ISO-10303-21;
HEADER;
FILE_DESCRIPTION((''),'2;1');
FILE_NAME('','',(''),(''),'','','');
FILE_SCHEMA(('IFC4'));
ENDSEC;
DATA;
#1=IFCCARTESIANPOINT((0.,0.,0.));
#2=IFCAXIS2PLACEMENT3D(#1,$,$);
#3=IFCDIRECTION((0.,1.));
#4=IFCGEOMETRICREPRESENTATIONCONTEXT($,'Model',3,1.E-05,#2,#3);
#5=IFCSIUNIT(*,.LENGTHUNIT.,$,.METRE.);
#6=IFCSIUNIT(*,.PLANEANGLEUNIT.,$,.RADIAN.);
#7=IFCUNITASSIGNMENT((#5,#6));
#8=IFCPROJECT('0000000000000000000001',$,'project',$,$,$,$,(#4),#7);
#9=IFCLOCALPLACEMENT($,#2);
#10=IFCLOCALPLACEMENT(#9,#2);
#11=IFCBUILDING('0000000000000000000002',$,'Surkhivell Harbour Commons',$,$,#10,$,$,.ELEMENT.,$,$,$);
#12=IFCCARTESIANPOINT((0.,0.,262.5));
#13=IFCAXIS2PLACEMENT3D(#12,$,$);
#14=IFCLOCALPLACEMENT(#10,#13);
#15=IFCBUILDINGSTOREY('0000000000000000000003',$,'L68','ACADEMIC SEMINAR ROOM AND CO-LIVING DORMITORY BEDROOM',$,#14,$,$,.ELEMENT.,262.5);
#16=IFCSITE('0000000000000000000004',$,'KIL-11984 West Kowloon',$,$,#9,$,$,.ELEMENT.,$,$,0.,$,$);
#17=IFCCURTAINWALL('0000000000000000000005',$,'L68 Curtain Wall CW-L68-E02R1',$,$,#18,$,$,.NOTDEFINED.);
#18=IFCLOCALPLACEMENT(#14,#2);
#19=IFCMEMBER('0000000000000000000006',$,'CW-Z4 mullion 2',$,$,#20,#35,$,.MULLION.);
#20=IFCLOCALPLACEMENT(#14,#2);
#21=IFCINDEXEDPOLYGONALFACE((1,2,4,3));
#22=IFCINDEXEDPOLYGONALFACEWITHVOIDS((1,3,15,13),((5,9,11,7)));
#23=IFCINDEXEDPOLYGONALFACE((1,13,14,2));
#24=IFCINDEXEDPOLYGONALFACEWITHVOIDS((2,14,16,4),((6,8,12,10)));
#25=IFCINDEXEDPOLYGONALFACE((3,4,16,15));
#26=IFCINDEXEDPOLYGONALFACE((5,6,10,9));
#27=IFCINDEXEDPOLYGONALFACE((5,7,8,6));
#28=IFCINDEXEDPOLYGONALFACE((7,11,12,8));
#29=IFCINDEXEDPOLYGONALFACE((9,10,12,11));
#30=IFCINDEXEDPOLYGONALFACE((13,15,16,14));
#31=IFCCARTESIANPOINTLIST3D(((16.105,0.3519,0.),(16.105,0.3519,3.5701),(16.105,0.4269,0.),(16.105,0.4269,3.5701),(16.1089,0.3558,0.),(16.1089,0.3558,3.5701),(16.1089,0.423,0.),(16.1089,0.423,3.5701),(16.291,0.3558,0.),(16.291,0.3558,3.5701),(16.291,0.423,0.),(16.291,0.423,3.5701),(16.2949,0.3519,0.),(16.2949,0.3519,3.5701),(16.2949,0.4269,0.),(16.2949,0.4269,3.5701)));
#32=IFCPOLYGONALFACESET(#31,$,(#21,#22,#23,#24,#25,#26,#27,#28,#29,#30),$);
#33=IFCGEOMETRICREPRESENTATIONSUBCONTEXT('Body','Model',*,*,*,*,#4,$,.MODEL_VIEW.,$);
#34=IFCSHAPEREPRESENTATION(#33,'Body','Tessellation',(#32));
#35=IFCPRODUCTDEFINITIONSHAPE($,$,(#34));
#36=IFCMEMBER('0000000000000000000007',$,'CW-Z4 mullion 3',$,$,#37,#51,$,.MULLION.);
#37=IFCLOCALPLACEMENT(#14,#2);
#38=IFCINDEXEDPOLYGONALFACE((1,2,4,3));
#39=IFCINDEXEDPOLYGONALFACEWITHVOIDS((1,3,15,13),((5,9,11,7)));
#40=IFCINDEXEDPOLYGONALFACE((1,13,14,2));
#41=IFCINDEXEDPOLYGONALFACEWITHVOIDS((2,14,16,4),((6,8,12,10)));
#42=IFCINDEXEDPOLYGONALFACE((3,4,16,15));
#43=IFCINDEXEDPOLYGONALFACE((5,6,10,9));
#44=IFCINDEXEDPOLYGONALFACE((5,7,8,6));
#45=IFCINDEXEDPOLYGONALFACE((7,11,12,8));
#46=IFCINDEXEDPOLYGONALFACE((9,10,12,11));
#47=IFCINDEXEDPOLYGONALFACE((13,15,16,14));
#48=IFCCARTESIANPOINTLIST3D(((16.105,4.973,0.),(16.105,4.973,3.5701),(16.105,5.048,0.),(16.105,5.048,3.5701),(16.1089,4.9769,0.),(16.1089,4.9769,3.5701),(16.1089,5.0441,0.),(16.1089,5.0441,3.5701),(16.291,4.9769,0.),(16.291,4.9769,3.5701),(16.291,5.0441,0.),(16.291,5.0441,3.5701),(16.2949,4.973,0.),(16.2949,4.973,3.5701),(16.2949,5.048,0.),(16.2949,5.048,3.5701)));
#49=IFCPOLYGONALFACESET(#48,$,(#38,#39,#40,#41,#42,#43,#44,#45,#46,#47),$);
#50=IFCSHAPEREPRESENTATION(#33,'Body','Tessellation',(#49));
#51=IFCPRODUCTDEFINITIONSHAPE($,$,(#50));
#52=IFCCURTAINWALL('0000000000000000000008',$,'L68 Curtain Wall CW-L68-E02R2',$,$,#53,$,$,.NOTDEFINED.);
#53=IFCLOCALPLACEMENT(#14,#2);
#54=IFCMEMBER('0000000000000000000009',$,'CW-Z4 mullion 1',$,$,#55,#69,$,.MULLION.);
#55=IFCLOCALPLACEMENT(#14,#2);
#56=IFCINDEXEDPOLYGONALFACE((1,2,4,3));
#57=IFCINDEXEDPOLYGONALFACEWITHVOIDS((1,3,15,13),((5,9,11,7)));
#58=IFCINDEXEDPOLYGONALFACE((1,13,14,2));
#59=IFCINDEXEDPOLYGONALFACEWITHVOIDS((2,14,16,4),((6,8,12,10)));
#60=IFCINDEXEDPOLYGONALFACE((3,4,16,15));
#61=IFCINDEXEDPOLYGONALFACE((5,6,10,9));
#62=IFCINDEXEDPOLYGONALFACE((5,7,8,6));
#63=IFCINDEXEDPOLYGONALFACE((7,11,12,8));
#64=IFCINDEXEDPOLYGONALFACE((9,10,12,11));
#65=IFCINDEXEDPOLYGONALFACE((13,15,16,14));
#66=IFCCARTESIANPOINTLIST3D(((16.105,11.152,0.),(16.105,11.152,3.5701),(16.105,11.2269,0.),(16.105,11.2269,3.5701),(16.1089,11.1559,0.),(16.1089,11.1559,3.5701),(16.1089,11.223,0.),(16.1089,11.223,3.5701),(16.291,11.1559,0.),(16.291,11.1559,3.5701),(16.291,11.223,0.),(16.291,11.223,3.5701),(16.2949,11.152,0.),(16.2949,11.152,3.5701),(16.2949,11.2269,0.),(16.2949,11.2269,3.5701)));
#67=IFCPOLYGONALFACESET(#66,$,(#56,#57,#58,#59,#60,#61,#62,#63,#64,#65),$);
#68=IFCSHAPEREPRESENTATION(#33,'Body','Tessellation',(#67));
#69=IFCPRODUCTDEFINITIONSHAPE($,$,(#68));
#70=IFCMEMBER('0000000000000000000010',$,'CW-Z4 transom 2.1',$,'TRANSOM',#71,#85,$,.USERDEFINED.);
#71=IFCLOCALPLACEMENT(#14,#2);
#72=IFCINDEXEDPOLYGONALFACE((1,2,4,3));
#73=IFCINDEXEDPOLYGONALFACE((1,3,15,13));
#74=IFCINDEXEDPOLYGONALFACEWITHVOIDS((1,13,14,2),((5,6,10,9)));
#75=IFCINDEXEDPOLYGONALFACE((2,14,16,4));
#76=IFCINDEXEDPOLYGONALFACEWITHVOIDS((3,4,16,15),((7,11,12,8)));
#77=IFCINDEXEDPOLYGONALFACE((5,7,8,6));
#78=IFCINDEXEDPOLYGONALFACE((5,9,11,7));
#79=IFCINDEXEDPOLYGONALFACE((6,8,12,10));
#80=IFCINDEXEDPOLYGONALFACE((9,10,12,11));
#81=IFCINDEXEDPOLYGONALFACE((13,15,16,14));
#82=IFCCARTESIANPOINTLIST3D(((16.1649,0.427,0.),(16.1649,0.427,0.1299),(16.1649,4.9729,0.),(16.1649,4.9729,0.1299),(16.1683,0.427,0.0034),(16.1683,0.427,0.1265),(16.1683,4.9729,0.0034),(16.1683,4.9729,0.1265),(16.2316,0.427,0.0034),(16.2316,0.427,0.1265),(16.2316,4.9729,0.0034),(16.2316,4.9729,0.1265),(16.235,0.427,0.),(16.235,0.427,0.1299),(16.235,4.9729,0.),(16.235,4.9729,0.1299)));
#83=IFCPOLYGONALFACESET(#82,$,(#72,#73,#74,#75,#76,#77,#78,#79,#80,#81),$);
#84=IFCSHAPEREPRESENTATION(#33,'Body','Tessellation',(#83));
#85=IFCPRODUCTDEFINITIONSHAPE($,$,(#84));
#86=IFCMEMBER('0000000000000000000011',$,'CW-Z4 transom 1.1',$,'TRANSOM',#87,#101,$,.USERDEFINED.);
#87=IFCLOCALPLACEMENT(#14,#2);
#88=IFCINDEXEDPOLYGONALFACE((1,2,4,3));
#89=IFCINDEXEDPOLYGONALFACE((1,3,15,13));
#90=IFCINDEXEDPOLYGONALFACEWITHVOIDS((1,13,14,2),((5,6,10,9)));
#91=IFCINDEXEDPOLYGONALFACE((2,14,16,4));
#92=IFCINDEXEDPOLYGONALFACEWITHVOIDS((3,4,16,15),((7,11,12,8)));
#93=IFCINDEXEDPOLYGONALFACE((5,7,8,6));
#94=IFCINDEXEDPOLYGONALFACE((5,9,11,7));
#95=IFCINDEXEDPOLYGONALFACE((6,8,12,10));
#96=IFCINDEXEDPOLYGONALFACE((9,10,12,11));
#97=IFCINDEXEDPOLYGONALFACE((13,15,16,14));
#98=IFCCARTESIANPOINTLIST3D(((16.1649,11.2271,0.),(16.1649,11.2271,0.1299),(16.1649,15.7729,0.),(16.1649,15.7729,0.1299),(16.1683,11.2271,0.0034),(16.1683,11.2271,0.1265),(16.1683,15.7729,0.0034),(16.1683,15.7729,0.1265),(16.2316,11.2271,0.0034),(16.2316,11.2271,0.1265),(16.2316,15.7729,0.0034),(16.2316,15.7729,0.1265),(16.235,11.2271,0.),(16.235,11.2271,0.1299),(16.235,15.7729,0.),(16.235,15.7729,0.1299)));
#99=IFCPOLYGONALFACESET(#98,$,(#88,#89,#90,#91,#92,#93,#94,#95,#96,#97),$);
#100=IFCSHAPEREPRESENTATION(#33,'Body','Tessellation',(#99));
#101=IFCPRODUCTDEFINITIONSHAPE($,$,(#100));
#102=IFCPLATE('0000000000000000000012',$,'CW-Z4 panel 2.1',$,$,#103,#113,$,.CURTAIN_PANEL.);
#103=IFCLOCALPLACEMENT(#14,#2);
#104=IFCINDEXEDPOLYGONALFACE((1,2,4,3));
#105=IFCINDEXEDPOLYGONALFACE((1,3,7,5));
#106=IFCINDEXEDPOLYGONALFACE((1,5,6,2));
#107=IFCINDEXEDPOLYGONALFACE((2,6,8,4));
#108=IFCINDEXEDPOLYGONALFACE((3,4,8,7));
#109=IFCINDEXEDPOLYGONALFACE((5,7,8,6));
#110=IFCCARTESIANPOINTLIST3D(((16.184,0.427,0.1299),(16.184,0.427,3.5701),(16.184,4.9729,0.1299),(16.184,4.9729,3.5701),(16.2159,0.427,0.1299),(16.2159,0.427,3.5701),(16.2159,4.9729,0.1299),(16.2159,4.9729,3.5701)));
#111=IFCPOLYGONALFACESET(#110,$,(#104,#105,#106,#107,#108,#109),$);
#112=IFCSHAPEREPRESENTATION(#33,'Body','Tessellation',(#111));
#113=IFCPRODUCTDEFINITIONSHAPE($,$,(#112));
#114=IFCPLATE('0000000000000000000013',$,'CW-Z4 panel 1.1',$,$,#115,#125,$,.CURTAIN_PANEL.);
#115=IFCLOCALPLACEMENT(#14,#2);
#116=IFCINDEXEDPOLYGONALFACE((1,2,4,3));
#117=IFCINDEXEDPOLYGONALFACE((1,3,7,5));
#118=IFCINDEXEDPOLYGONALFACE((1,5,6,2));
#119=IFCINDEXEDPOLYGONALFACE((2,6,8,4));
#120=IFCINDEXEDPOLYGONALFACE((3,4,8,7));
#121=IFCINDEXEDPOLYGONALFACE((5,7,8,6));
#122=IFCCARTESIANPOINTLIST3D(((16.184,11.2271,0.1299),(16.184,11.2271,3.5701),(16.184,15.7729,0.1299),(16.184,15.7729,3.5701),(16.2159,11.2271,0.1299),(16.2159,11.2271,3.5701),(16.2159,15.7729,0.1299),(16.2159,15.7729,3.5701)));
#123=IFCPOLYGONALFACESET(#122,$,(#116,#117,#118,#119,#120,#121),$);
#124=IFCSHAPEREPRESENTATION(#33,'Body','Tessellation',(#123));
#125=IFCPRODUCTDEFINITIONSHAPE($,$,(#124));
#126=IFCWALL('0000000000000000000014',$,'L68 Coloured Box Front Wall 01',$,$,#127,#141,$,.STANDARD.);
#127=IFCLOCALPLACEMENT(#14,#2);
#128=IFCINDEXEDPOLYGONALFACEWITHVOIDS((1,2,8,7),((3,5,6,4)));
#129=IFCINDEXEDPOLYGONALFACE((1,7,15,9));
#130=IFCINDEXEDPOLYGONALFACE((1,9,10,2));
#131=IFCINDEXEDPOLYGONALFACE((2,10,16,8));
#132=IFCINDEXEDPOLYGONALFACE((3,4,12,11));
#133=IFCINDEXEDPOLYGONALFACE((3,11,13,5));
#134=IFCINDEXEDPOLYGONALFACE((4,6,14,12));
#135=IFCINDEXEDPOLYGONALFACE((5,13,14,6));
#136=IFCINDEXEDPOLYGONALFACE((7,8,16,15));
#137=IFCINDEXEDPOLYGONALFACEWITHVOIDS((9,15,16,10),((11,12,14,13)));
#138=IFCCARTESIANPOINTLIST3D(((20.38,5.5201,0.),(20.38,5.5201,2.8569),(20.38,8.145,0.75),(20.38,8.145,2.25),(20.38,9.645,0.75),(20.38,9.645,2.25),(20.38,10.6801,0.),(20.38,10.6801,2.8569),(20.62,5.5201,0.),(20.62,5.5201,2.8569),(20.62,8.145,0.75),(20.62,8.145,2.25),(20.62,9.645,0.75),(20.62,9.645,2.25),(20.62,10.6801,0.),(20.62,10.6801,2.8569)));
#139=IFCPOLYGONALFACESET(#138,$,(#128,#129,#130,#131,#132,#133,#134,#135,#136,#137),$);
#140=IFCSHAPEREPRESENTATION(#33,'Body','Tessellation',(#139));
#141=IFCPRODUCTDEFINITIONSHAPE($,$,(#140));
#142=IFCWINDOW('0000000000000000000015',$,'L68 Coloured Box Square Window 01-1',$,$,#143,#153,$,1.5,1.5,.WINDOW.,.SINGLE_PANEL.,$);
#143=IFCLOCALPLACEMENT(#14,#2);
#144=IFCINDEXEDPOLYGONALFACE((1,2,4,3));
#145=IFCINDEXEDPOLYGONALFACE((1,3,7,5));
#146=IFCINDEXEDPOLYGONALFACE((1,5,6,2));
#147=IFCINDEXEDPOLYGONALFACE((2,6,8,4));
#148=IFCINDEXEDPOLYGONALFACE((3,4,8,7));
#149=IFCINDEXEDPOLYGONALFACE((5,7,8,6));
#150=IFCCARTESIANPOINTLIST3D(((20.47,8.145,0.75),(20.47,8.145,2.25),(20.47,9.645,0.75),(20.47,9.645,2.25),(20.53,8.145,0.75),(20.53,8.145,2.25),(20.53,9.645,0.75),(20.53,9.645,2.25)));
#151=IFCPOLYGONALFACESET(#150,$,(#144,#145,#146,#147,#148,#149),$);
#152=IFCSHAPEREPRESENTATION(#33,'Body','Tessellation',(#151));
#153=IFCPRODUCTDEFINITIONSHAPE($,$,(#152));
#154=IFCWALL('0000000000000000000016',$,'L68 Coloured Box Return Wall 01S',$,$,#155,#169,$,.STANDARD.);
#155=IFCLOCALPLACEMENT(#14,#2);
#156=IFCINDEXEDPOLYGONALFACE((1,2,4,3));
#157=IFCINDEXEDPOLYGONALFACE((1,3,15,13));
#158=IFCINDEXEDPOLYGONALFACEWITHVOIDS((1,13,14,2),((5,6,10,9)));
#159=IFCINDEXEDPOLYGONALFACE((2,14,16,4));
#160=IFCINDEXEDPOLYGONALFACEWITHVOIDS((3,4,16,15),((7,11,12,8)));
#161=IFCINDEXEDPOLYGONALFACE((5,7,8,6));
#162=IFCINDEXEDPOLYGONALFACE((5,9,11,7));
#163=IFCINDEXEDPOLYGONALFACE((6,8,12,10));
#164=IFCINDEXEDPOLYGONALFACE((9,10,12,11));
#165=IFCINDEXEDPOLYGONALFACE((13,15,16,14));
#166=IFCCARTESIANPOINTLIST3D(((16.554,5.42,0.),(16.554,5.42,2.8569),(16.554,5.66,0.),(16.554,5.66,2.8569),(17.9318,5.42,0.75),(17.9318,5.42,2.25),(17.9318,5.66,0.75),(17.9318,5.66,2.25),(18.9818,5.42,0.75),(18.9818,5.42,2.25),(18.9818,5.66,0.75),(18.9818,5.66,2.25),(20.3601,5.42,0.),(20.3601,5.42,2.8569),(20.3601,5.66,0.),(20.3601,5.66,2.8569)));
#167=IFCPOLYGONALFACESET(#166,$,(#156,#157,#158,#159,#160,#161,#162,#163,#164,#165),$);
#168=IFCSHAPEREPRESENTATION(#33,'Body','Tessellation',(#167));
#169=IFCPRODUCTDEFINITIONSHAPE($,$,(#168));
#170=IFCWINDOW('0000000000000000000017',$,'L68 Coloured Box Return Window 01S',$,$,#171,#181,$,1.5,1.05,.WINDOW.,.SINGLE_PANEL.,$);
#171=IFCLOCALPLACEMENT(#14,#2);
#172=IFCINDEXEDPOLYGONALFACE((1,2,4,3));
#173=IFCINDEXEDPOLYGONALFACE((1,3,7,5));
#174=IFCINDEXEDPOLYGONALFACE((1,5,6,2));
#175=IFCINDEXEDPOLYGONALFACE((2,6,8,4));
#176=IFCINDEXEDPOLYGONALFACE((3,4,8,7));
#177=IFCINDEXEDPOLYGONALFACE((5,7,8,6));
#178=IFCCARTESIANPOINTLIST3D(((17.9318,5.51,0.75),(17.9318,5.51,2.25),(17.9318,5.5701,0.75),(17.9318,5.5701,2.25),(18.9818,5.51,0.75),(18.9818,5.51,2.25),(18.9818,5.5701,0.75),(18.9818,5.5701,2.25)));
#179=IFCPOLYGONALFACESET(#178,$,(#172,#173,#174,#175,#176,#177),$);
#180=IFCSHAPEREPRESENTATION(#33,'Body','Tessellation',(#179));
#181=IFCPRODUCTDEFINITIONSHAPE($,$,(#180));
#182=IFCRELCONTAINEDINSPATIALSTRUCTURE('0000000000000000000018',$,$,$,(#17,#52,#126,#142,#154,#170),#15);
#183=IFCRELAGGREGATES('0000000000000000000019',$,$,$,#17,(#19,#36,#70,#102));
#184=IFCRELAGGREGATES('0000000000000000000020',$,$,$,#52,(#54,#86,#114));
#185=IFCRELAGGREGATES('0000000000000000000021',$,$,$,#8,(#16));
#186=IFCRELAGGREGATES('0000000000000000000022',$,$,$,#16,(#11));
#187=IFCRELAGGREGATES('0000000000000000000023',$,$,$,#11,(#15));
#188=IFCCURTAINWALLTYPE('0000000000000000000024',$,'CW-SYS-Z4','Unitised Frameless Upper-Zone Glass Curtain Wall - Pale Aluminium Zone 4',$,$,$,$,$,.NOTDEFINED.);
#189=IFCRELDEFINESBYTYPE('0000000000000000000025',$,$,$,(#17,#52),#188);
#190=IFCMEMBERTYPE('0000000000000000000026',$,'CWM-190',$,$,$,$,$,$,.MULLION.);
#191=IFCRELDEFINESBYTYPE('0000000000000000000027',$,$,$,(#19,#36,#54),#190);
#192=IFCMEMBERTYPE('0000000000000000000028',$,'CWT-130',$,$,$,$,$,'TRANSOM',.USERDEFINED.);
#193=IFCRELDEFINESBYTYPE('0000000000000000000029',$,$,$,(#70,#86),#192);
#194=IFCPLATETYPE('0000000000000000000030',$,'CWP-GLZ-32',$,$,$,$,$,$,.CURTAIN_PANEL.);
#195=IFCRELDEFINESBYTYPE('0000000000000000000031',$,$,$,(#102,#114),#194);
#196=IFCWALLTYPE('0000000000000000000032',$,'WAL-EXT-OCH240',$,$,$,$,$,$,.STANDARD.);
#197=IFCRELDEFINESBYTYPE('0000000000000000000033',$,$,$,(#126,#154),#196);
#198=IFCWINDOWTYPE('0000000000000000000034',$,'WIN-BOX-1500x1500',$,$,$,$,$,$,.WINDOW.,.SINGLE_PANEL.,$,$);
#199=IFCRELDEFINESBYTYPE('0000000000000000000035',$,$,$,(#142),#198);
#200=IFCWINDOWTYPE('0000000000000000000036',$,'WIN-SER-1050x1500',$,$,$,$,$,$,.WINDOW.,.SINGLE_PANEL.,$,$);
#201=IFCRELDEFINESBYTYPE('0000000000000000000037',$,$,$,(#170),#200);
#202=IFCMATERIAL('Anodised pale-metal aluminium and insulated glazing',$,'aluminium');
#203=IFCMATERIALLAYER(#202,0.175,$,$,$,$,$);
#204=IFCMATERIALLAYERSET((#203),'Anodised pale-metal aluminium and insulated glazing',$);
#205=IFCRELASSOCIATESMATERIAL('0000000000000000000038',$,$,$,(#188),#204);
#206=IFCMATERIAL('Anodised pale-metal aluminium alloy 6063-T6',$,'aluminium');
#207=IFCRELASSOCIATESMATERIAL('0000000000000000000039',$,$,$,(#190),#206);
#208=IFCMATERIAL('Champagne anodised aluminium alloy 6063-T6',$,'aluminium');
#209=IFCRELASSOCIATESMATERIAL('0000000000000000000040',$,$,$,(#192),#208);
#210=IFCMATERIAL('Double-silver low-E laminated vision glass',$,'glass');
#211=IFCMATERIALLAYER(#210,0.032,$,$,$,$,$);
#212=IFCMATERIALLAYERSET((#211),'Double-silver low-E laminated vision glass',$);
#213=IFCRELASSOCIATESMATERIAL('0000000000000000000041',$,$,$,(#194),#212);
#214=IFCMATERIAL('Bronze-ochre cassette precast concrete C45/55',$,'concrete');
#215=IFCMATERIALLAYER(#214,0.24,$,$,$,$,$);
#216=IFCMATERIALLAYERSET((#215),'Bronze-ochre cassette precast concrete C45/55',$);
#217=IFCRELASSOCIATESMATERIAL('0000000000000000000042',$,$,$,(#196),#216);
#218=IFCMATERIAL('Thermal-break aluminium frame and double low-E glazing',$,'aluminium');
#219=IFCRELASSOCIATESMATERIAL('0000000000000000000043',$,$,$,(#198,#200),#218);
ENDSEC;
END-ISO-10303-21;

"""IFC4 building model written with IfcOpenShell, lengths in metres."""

from ifc_helpers import new_model, si_unit, direction, frame, frame_2d, origin, origin_2d, place, context, subcontext, project, spatial, rectangle, hollow_rectangle, extrude, material, layer, layer_set, material_profile, profile_set, type_object, element, fill, aggregate, save


model = new_model("IFC4")

# Units and contexts
model_context = context("Model", 3, precision=1e-05, world=origin(), true_north=direction((0.0, 1.0)))
body_context = subcontext(model_context, "Body", "Model", "MODEL_VIEW")
ifc_project = project(units=[si_unit("LENGTHUNIT", "METRE"), si_unit("PLANEANGLEUNIT", "RADIAN")], contexts=[model_context])

# Site, building, storey
site_placement = place(None, origin())
site = spatial("IfcSite", under=ifc_project, at=site_placement, Name="KIL-11984 West Kowloon", CompositionType="ELEMENT", RefElevation=0.0)
building_placement = place(site_placement, origin())
building = spatial("IfcBuilding", under=site, at=building_placement, Name="Surkhivell Harbour Commons", CompositionType="ELEMENT")
storey_placement = place(building_placement, frame((0.0, 0.0, 262.5)))
storey = spatial("IfcBuildingStorey", under=building, at=storey_placement, Name="L68", Description="ACADEMIC SEMINAR ROOM AND CO-LIVING DORMITORY BEDROOM", CompositionType="ELEMENT", Elevation=262.5)

# Curtain wall, members
ifc_material_1 = material(Name="Anodised pale-metal aluminium and insulated glazing", Category="aluminium")
ifc_layer_1 = layer(ifc_material_1, 0.175)
ifc_layer_set_1 = layer_set([ifc_layer_1], Name="Anodised pale-metal aluminium and insulated glazing")
curtain_wall_type = type_object("IfcCurtainWallType", Name="CW-SYS-Z4", Description="Unitised Frameless Upper-Zone Glass Curtain Wall - Pale Aluminium Zone 4", PredefinedType="NOTDEFINED", material=ifc_layer_set_1)
curtain_wall_1_placement = place(storey_placement, origin())
curtain_wall_1 = element("IfcCurtainWall", 1, at=curtain_wall_1_placement, inside=storey, type_object=curtain_wall_type, Name="L68 Curtain Wall CW-L68-E02R1", PredefinedType="NOTDEFINED")
ifc_material_2 = material(Name="Anodised pale-metal aluminium alloy 6063-T6", Category="aluminium")
ifc_material_profile_1 = material_profile(ifc_material_2, hollow_rectangle(XDim=0.075, YDim=0.1899, WallThickness=0.0039, at=origin_2d()), Name="ALU-MULL-75x190")
ifc_profile_set_1 = profile_set([ifc_material_profile_1], Name="Anodised pale-metal aluminium alloy 6063-T6")
member_type_1 = type_object("IfcMemberType", Name="CWM-190", PredefinedType="MULLION", material=ifc_profile_set_1)
member_1_placement = place(storey_placement, frame((16.2, 0.3894, 0.0), z_axis=(0.0, 0.0, 1.0), x_axis=(0.0, 1.0, 0.0)))
member_1 = element("IfcMember", 2, at=member_1_placement, type_object=member_type_1, Name="CW-Z4 mullion 2", PredefinedType="MULLION", context=body_context, shape_type="SweptSolid", body=[
    extrude(hollow_rectangle(XDim=0.075, YDim=0.1899, WallThickness=0.0039, at=origin_2d()), origin(), (0.0, 0.0, 1.0), 3.5701),
])
member_2_placement = place(storey_placement, frame((16.2, 5.0105, 0.0), z_axis=(0.0, 0.0, 1.0), x_axis=(0.0, 1.0, 0.0)))
member_2 = element("IfcMember", 3, at=member_2_placement, type_object=member_type_1, Name="CW-Z4 mullion 3", PredefinedType="MULLION", context=body_context, shape_type="SweptSolid", body=[
    extrude(hollow_rectangle(XDim=0.075, YDim=0.1899, WallThickness=0.0039, at=origin_2d()), origin(), (0.0, 0.0, 1.0), 3.5701),
])

# Curtain wall, member
curtain_wall_2_placement = place(storey_placement, origin())
curtain_wall_2 = element("IfcCurtainWall", 4, at=curtain_wall_2_placement, inside=storey, type_object=curtain_wall_type, Name="L68 Curtain Wall CW-L68-E02R2", PredefinedType="NOTDEFINED")
member_3_placement = place(storey_placement, frame((16.2, 11.1895, 0.0), z_axis=(0.0, 0.0, 1.0), x_axis=(0.0, 1.0, 0.0)))
member_3 = element("IfcMember", 5, at=member_3_placement, type_object=member_type_1, Name="CW-Z4 mullion 1", PredefinedType="MULLION", context=body_context, shape_type="SweptSolid", body=[
    extrude(hollow_rectangle(XDim=0.075, YDim=0.1899, WallThickness=0.0039, at=origin_2d()), origin(), (0.0, 0.0, 1.0), 3.5701),
])

# Members
ifc_material_3 = material(Name="Champagne anodised aluminium alloy 6063-T6", Category="aluminium")
ifc_material_profile_2 = material_profile(ifc_material_3, hollow_rectangle(XDim=0.0701, YDim=0.1299, WallThickness=0.0034, at=origin_2d()), Name="ALU-TRAN-70x130")
ifc_profile_set_2 = profile_set([ifc_material_profile_2], Name="Champagne anodised aluminium alloy 6063-T6")
member_type_2 = type_object("IfcMemberType", Name="CWT-130", ElementType="TRANSOM", PredefinedType="USERDEFINED", material=ifc_profile_set_2)
member_4_placement = place(storey_placement, frame((16.2, 0.427, 0.0649), z_axis=(0.0, 1.0, 0.0), x_axis=(-1.0, 0.0, 0.0)))
member_4 = element("IfcMember", 6, at=member_4_placement, type_object=member_type_2, Name="CW-Z4 transom 2.1", ObjectType="TRANSOM", PredefinedType="USERDEFINED", context=body_context, shape_type="SweptSolid", body=[
    extrude(hollow_rectangle(XDim=0.0701, YDim=0.1299, WallThickness=0.0034, at=origin_2d()), origin(), (0.0, 0.0, 1.0), 4.5459),
])
member_5_placement = place(storey_placement, frame((16.2, 11.2271, 0.0649), z_axis=(0.0, 1.0, 0.0), x_axis=(-1.0, 0.0, 0.0)))
member_5 = element("IfcMember", 7, at=member_5_placement, type_object=member_type_2, Name="CW-Z4 transom 1.1", ObjectType="TRANSOM", PredefinedType="USERDEFINED", context=body_context, shape_type="SweptSolid", body=[
    extrude(hollow_rectangle(XDim=0.0701, YDim=0.1299, WallThickness=0.0034, at=origin_2d()), origin(), (0.0, 0.0, 1.0), 4.5459),
])

# Plates
ifc_material_4 = material(Name="Double-silver low-E laminated vision glass", Category="glass")
ifc_layer_2 = layer(ifc_material_4, 0.032)
ifc_layer_set_2 = layer_set([ifc_layer_2], Name="Double-silver low-E laminated vision glass")
plate_type = type_object("IfcPlateType", Name="CWP-GLZ-32", PredefinedType="CURTAIN_PANEL", material=ifc_layer_set_2)
plate_1_placement = place(storey_placement, frame((16.2, 0.427, 0.1299), z_axis=(0.0, 0.0, 1.0), x_axis=(0.0, 1.0, 0.0)))
plate_1 = element("IfcPlate", 8, at=plate_1_placement, type_object=plate_type, Name="CW-Z4 panel 2.1", PredefinedType="CURTAIN_PANEL", context=body_context, shape_type="SweptSolid", body=[
    extrude(rectangle(XDim=4.5459, YDim=0.032, at=frame_2d((2.2729, 0.0))), origin(), (0.0, 0.0, 1.0), 3.4402),
])
aggregate(curtain_wall_1, [member_1, member_2, member_4, plate_1])
plate_2_placement = place(storey_placement, frame((16.2, 11.2271, 0.1299), z_axis=(0.0, 0.0, 1.0), x_axis=(0.0, 1.0, 0.0)))
plate_2 = element("IfcPlate", 9, at=plate_2_placement, type_object=plate_type, Name="CW-Z4 panel 1.1", PredefinedType="CURTAIN_PANEL", context=body_context, shape_type="SweptSolid", body=[
    extrude(rectangle(XDim=4.5459, YDim=0.032, at=frame_2d((2.2729, 0.0))), origin(), (0.0, 0.0, 1.0), 3.4402),
])
aggregate(curtain_wall_2, [member_3, member_5, plate_2])

# Walls, openings, windows
ifc_material_5 = material(Name="Bronze-ochre cassette precast concrete C45/55", Category="concrete")
ifc_layer_3 = layer(ifc_material_5, 0.24)
ifc_layer_set_3 = layer_set([ifc_layer_3], Name="Bronze-ochre cassette precast concrete C45/55")
wall_type_1 = type_object("IfcWallType", Name="WAL-EXT-OCH240", PredefinedType="STANDARD", material=ifc_layer_set_3)
wall_1_placement = place(storey_placement, frame((20.5, 5.52, 0.0), z_axis=(0.0, 0.0, 1.0), x_axis=(0.0, 1.0, 0.0)))
wall_1 = element("IfcWall", 10, at=wall_1_placement, inside=storey, type_object=wall_type_1, Name="L68 Coloured Box Front Wall 01", PredefinedType="STANDARD", context=body_context, shape_type="SweptSolid", body=[
    extrude(rectangle(XDim=5.1599, YDim=0.24, at=frame_2d((2.5801, 0.0))), origin(), (0.0, 0.0, 1.0), 2.8569),
])
opening_1_placement = place(wall_1_placement, frame((2.625, 0.0, 0.75)))
opening_1 = element("IfcOpeningElement", 11, at=opening_1_placement, cuts=wall_1, PredefinedType="OPENING", context=body_context, shape_type="SweptSolid", body=[
    extrude(rectangle(XDim=1.5, YDim=1.5, at=frame_2d((0.75, 0.75))), frame((0.0, 0.1299, 0.0), z_axis=(0.0, -1.0, 0.0), x_axis=(1.0, 0.0, 0.0)), (0.0, 0.0, 1.0), 0.26),
])
ifc_material_6 = material(Name="Thermal-break aluminium frame and double low-E glazing", Category="aluminium")
window_type_1 = type_object("IfcWindowType", Name="WIN-BOX-1500x1500", PartitioningType="SINGLE_PANEL", PredefinedType="WINDOW", material=ifc_material_6)
window_1_placement = place(opening_1_placement, origin())
window_1 = element("IfcWindow", 12, at=window_1_placement, inside=storey, type_object=window_type_1, Name="L68 Coloured Box Square Window 01-1", OverallHeight=1.5, OverallWidth=1.5, PartitioningType="SINGLE_PANEL", PredefinedType="WINDOW", context=body_context, shape_type="SweptSolid", body=[
    extrude(rectangle(XDim=1.5, YDim=1.5, at=frame_2d((0.75, 0.75))), frame((0.0, 0.03, 0.0), z_axis=(0.0, -1.0, 0.0), x_axis=(1.0, 0.0, 0.0)), (0.0, 0.0, 1.0), 0.0601),
])
fill(opening_1, window_1)
wall_2_placement = place(storey_placement, frame((16.554, 5.54, 0.0), z_axis=(0.0, 0.0, 1.0), x_axis=(1.0, 0.0, 0.0)))
wall_2 = element("IfcWall", 13, at=wall_2_placement, inside=storey, type_object=wall_type_1, Name="L68 Coloured Box Return Wall 01S", PredefinedType="STANDARD", context=body_context, shape_type="SweptSolid", body=[
    extrude(rectangle(XDim=3.8062, YDim=0.24, at=frame_2d((1.9031, 0.0))), origin(), (0.0, 0.0, 1.0), 2.8569),
])
opening_2_placement = place(wall_2_placement, frame((1.3779, 0.0, 0.75)))
opening_2 = element("IfcOpeningElement", 14, at=opening_2_placement, cuts=wall_2, PredefinedType="OPENING", context=body_context, shape_type="SweptSolid", body=[
    extrude(rectangle(XDim=1.05, YDim=1.5, at=frame_2d((0.5249, 0.75))), frame((0.0, 0.1299, 0.0), z_axis=(0.0, -1.0, 0.0), x_axis=(1.0, 0.0, 0.0)), (0.0, 0.0, 1.0), 0.26),
])
window_type_2 = type_object("IfcWindowType", Name="WIN-SER-1050x1500", PartitioningType="SINGLE_PANEL", PredefinedType="WINDOW", material=ifc_material_6)
window_2_placement = place(opening_2_placement, origin())
window_2 = element("IfcWindow", 15, at=window_2_placement, inside=storey, type_object=window_type_2, Name="L68 Coloured Box Return Window 01S", OverallHeight=1.5, OverallWidth=1.05, PartitioningType="SINGLE_PANEL", PredefinedType="WINDOW", context=body_context, shape_type="SweptSolid", body=[
    extrude(rectangle(XDim=1.05, YDim=1.5, at=frame_2d((0.5249, 0.75))), frame((0.0, 0.03, 0.0), z_axis=(0.0, -1.0, 0.0), x_axis=(1.0, 0.0, 0.0)), (0.0, 0.0, 1.0), 0.0601),
])
fill(opening_2, window_2)

save(model, "model.ifc")
